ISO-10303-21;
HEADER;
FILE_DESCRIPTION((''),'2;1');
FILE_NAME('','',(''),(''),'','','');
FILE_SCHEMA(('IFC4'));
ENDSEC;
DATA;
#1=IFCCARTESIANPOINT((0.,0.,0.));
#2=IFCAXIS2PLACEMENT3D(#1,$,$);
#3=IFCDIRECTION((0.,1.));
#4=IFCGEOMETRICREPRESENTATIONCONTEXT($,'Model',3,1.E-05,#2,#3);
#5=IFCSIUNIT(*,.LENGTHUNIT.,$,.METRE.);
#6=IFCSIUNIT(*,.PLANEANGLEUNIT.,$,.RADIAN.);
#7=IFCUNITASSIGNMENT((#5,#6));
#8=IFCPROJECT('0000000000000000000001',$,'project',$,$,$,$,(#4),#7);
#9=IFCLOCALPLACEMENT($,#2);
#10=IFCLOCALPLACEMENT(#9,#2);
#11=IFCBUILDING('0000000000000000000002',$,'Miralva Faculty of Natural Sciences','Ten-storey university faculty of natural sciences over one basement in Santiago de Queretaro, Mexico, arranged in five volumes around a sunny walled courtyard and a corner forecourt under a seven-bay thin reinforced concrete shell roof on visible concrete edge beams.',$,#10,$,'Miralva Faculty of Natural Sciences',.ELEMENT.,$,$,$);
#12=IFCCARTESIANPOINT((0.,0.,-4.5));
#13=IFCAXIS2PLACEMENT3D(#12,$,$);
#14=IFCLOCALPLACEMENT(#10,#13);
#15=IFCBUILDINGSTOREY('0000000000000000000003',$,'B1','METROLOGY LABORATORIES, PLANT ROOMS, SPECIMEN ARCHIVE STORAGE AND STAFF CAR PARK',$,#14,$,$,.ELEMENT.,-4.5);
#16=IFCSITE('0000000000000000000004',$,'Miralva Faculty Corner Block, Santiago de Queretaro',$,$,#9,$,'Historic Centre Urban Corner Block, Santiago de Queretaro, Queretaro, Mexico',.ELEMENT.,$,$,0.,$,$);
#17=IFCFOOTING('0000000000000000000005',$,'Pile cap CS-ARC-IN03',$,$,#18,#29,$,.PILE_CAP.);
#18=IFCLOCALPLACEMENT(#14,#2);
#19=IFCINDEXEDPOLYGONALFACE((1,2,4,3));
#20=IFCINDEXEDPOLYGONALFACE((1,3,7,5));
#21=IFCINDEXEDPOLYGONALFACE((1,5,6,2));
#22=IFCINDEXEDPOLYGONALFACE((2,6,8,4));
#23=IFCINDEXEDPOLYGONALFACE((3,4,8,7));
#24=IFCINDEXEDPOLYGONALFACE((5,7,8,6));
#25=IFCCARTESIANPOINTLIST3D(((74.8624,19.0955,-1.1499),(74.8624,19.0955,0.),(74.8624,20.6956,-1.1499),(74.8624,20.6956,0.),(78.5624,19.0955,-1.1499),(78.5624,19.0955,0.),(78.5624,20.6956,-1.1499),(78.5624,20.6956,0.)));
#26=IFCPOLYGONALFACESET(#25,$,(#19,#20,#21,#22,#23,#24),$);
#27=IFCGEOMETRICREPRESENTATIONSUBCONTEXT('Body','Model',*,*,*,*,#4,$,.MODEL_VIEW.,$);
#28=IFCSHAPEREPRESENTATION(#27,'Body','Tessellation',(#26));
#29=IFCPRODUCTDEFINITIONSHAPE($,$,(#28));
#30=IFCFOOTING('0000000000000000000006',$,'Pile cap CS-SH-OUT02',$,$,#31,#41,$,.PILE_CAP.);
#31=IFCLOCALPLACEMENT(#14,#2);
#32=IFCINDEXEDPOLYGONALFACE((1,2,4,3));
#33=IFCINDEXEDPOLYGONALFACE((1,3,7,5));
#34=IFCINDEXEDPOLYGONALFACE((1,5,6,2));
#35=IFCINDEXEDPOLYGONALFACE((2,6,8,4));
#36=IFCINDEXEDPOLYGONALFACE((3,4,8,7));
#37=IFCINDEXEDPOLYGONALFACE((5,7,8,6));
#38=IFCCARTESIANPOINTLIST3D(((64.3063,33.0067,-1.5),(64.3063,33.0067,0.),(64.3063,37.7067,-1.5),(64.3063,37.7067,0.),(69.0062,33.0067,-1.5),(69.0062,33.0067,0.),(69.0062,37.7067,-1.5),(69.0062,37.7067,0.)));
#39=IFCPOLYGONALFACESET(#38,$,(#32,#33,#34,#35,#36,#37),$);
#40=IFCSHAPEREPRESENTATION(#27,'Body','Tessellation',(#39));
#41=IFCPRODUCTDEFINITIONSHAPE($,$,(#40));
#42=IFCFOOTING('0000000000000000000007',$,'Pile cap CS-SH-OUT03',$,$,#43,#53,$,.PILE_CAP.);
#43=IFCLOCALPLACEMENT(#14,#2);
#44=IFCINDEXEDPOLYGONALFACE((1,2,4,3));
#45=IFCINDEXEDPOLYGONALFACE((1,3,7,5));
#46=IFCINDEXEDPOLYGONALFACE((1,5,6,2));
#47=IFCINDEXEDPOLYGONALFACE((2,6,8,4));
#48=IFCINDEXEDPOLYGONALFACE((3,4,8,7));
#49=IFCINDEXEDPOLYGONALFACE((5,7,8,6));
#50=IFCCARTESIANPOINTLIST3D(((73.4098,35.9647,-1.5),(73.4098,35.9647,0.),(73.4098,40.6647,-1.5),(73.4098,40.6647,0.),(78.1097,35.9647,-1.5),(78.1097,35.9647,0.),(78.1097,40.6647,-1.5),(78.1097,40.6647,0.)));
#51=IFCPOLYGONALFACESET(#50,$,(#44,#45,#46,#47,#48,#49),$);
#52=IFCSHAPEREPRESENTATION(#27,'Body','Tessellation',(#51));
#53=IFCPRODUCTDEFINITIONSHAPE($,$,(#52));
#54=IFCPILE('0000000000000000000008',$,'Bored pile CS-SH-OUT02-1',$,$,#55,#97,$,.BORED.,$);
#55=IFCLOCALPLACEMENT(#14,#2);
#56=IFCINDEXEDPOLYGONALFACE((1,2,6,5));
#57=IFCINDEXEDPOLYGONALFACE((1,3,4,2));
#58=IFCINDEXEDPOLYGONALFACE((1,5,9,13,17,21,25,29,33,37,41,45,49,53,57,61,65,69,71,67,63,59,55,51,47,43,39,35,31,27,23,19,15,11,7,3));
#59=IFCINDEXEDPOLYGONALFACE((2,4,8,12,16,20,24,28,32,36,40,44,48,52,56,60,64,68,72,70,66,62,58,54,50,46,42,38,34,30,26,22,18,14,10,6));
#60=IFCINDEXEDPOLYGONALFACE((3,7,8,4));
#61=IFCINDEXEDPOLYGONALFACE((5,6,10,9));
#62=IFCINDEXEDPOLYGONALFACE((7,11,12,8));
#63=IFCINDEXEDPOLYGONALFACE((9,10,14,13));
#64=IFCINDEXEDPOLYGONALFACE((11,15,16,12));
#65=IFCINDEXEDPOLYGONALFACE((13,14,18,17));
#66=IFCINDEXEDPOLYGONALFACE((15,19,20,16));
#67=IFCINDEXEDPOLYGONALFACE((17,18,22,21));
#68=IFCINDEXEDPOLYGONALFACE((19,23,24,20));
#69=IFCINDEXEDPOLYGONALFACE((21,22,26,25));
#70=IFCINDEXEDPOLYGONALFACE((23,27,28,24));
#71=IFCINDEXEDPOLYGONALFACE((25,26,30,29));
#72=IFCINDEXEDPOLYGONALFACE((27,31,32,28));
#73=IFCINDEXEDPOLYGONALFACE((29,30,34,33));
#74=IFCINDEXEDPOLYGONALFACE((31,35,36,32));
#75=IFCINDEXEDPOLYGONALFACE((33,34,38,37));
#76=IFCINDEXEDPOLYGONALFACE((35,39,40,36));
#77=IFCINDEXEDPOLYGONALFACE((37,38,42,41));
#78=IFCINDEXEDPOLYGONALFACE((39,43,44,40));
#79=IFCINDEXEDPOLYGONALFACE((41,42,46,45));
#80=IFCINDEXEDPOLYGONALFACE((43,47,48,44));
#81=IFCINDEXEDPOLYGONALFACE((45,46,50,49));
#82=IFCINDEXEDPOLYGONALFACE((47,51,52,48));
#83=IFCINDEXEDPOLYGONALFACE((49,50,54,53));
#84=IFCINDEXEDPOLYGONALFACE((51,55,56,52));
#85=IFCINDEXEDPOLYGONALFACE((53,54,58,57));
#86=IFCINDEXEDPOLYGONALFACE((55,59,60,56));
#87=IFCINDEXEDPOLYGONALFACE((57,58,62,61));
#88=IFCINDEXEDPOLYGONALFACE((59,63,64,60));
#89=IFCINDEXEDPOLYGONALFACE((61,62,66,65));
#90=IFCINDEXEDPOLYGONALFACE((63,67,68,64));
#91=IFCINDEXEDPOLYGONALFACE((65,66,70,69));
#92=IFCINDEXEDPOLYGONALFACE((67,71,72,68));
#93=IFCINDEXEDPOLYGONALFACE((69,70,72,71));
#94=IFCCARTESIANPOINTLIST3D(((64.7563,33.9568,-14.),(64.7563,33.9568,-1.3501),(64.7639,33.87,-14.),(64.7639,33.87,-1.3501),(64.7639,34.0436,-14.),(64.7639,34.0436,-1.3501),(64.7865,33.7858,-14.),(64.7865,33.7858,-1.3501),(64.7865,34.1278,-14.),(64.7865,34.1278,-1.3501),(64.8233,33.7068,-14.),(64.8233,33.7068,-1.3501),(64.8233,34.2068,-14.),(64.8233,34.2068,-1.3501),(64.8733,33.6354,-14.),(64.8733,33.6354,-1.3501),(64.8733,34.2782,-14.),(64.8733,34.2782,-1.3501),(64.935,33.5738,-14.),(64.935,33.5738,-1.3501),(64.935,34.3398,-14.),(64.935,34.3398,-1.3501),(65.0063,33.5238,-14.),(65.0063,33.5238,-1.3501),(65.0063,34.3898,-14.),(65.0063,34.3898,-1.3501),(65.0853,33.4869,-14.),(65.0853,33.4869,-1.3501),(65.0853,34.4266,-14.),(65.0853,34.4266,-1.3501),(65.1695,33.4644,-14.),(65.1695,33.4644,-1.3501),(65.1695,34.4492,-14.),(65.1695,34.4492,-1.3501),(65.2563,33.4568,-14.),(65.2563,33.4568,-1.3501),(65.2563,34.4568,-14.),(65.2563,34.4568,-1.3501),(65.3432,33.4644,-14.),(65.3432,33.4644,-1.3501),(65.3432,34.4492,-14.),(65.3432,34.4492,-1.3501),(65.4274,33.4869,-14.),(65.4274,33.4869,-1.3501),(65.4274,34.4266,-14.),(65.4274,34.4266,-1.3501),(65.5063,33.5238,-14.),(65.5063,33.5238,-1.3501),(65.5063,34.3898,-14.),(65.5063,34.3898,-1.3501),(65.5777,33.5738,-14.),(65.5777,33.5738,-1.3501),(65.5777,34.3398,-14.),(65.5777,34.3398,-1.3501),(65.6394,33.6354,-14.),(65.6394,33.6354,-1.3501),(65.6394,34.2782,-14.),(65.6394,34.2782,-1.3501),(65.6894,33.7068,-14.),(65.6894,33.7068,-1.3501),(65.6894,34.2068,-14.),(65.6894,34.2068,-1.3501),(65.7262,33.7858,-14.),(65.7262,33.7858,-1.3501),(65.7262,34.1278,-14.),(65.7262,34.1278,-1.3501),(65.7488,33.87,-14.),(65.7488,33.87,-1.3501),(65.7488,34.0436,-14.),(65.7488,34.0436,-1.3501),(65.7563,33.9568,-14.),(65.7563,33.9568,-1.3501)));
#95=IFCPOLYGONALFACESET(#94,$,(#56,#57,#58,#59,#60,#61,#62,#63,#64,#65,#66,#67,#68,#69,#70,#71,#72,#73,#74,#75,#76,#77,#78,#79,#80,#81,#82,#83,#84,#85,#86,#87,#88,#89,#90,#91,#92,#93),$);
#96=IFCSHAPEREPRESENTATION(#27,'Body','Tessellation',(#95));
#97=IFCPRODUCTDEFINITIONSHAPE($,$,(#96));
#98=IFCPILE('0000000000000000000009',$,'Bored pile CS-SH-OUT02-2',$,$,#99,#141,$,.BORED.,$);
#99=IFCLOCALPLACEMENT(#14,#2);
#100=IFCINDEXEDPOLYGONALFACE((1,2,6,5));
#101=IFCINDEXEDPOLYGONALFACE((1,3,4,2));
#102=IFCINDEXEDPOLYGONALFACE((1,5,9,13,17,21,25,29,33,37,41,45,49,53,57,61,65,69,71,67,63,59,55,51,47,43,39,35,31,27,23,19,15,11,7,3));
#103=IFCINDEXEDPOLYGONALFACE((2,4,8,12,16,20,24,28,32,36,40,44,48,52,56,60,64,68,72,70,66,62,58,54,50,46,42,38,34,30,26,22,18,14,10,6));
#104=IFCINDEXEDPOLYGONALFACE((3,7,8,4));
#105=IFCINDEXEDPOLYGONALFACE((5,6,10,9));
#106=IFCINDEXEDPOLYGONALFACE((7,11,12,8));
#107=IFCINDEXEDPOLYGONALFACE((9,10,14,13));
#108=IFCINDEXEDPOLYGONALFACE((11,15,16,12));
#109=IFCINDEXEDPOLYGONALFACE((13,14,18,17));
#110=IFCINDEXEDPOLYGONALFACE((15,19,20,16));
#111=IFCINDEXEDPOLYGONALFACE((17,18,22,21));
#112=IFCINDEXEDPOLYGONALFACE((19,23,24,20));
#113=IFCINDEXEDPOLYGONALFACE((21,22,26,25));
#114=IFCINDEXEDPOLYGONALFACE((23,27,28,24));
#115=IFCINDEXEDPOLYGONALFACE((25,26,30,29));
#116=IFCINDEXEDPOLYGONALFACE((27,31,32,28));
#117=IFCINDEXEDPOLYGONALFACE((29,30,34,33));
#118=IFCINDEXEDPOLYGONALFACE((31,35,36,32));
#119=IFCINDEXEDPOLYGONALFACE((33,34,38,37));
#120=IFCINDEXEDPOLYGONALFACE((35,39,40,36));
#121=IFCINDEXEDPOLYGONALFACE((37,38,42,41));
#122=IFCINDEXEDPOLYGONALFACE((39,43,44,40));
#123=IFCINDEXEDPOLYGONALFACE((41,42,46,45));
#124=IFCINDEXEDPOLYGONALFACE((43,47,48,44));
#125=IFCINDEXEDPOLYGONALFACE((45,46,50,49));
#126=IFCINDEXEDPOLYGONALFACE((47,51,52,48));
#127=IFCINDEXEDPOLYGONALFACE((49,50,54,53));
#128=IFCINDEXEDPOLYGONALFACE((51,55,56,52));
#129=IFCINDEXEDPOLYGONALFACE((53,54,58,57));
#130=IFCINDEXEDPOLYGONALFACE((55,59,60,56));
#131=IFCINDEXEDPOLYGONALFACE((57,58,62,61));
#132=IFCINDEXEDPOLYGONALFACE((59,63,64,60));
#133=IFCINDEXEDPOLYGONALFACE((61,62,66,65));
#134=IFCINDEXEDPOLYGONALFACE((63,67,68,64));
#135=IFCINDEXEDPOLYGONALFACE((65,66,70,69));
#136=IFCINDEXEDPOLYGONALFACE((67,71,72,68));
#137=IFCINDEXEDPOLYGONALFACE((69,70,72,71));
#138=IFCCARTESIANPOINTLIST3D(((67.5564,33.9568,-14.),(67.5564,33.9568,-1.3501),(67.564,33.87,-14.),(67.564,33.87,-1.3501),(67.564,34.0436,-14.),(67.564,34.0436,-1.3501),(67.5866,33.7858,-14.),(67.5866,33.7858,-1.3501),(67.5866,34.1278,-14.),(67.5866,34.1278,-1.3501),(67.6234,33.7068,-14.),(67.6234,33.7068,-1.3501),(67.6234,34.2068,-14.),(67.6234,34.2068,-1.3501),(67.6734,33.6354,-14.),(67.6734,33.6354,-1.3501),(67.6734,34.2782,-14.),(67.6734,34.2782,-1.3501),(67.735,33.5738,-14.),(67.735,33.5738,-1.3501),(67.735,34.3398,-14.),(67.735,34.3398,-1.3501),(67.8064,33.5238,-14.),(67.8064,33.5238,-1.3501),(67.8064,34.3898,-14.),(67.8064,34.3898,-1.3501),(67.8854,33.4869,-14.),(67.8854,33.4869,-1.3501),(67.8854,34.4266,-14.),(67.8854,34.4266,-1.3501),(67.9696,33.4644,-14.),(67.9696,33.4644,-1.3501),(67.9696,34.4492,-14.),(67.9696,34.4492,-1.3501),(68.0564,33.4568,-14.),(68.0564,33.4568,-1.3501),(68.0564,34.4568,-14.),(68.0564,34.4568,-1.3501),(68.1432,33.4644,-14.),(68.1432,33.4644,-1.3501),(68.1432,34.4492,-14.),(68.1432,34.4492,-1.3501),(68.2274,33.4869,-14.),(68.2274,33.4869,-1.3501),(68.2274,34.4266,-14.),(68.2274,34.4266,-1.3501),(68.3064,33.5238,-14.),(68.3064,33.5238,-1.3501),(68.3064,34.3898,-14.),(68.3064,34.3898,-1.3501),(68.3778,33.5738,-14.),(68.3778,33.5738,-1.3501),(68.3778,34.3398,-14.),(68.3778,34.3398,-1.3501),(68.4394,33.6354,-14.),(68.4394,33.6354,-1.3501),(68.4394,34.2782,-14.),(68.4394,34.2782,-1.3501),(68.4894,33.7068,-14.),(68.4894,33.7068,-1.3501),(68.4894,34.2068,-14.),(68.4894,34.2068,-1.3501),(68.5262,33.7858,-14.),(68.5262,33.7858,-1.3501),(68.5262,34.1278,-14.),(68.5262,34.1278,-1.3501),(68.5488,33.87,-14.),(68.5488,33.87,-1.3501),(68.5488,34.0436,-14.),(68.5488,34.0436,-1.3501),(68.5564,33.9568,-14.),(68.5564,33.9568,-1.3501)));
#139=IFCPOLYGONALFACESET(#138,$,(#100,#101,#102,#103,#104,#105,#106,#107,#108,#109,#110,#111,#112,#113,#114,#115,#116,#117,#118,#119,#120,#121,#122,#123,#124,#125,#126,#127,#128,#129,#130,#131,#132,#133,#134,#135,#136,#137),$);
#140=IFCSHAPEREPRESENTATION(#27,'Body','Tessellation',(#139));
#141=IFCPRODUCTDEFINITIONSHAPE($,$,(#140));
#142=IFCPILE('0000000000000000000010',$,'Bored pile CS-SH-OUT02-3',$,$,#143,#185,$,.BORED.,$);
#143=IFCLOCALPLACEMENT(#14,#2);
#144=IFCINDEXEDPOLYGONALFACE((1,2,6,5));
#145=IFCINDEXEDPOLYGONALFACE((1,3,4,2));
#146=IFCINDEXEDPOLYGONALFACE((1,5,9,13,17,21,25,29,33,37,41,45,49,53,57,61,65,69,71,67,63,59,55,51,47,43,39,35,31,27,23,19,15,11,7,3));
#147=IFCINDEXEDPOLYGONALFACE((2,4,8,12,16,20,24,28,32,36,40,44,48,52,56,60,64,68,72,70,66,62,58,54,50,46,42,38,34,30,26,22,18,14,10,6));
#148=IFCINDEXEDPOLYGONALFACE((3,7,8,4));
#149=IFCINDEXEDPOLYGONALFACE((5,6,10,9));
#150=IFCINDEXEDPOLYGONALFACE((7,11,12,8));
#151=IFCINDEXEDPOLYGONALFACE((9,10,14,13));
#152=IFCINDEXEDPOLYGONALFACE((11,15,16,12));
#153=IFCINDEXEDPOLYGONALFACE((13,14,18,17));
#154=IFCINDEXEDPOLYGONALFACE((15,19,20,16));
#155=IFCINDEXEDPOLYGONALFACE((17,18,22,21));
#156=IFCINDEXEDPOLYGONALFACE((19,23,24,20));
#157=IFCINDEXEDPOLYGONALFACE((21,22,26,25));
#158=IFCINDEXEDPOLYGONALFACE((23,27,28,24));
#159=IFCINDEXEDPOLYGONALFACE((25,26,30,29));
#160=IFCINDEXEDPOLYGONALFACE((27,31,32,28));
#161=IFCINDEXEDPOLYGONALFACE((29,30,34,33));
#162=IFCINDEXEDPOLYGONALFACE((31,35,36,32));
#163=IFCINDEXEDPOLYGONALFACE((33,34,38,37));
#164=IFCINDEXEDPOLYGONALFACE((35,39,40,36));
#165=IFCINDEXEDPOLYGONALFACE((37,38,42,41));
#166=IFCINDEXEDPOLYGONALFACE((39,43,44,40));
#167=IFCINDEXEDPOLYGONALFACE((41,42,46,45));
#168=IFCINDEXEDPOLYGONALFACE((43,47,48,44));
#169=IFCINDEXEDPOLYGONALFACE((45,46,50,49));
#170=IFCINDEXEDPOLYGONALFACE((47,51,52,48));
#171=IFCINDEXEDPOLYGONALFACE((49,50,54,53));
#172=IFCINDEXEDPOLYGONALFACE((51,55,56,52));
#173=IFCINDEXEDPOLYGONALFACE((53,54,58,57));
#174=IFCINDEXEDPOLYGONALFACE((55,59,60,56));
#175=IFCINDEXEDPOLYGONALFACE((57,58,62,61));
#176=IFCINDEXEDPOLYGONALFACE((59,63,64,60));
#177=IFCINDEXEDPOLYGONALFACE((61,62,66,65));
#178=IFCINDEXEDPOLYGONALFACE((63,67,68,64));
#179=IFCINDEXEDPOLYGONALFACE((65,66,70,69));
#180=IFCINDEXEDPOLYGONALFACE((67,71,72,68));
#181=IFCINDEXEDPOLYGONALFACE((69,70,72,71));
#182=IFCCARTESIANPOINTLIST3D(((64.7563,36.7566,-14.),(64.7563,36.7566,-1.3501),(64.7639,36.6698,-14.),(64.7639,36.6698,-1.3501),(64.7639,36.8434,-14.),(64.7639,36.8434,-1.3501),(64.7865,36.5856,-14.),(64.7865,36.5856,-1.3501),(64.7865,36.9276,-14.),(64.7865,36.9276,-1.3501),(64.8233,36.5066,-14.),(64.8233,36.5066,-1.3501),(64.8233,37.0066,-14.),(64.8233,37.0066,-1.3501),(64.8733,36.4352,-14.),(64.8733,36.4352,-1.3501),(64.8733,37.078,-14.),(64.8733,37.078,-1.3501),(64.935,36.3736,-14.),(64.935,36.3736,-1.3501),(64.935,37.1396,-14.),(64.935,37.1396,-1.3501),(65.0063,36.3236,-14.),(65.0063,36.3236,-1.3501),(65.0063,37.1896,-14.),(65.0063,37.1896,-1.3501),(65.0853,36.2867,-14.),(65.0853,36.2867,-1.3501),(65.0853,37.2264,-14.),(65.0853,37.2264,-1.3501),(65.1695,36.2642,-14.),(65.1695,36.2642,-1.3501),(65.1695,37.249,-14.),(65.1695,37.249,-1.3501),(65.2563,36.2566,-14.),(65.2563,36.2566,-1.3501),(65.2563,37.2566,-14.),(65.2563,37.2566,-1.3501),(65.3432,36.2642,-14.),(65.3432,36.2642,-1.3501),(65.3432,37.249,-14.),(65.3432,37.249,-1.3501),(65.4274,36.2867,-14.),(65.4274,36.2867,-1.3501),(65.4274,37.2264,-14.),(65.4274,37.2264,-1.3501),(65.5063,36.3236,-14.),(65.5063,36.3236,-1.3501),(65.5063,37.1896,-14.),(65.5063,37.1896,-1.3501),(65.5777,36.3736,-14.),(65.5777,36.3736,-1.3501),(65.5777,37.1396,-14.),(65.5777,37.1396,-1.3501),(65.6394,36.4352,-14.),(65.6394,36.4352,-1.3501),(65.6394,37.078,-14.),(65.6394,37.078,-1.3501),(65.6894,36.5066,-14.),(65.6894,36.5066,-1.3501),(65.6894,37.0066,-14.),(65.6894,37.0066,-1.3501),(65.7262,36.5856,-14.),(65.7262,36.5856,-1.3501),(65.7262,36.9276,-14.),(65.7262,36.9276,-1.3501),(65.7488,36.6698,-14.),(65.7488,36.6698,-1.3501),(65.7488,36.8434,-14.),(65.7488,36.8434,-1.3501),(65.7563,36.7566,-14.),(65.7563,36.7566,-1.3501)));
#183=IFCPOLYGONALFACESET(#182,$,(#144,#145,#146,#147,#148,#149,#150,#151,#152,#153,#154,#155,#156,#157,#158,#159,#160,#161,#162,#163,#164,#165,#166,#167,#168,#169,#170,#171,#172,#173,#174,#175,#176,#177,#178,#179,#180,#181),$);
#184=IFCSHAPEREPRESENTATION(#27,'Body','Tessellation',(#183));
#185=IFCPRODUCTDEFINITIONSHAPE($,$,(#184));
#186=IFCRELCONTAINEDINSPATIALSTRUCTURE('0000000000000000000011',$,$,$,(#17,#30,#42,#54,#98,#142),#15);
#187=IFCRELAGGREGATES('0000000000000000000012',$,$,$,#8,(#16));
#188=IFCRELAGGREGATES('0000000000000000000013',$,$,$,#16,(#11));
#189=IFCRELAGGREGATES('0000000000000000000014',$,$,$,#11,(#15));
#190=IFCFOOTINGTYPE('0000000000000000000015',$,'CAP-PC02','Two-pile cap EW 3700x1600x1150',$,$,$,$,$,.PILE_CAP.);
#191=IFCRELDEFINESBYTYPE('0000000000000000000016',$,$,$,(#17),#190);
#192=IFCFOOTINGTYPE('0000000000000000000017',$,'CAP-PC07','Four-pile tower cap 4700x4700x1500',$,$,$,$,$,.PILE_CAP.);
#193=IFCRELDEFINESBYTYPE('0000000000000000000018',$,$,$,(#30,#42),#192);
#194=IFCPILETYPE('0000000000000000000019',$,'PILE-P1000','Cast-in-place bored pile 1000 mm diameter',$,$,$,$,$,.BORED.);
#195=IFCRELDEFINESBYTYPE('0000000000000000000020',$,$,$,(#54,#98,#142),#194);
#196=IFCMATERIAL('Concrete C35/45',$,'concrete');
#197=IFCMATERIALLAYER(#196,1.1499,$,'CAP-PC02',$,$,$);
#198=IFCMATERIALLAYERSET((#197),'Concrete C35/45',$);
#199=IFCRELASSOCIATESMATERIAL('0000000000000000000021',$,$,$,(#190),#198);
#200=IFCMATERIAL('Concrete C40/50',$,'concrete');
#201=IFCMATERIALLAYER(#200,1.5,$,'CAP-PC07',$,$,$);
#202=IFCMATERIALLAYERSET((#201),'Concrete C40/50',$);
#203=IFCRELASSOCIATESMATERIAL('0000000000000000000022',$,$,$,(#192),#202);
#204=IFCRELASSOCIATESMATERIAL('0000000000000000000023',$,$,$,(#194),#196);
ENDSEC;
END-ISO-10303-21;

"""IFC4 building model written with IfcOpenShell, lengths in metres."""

from ifc_helpers import new_model, si_unit, direction, frame, origin, origin_2d, place, context, subcontext, project, spatial, rectangle, circle, extrude, material, layer, layer_set, material_profile, profile_set, type_object, element, save


model = new_model("IFC4")

# Units and contexts
model_context = context("Model", 3, precision=1e-05, world=origin(), true_north=direction((0.0, 1.0)))
body_context = subcontext(model_context, "Body", "Model", "MODEL_VIEW")
ifc_project = project(units=[si_unit("LENGTHUNIT", "METRE"), si_unit("PLANEANGLEUNIT", "RADIAN")], contexts=[model_context])

# Site, building, storey
site_placement = place(None, origin())
site = spatial("IfcSite", under=ifc_project, at=site_placement, Name="Miralva Faculty Corner Block, Santiago de Queretaro", LongName="Historic Centre Urban Corner Block, Santiago de Queretaro, Queretaro, Mexico", CompositionType="ELEMENT", RefElevation=0.0)
building_placement = place(site_placement, origin())
building = spatial("IfcBuilding", under=site, at=building_placement, Name="Miralva Faculty of Natural Sciences", Description="Ten-storey university faculty of natural sciences over one basement in Santiago de Queretaro, Mexico, arranged in five volumes around a sunny walled courtyard and a corner forecourt under a seven-bay thin reinforced concrete shell roof on visible concrete edge beams.", LongName="Miralva Faculty of Natural Sciences", CompositionType="ELEMENT")
storey_placement = place(building_placement, frame((0.0, 0.0, -4.5)))
storey = spatial("IfcBuildingStorey", under=building, at=storey_placement, Name="B1", Description="METROLOGY LABORATORIES, PLANT ROOMS, SPECIMEN ARCHIVE STORAGE AND STAFF CAR PARK", CompositionType="ELEMENT", Elevation=-4.5)

# Footings
ifc_material_1 = material(Name="Concrete C35/45", Category="concrete")
ifc_layer_1 = layer(ifc_material_1, 1.1499, Name="CAP-PC02")
ifc_layer_set_1 = layer_set([ifc_layer_1], Name="Concrete C35/45")
footing_type_1 = type_object("IfcFootingType", Name="CAP-PC02", Description="Two-pile cap EW 3700x1600x1150", PredefinedType="PILE_CAP", material=ifc_layer_set_1)
footing_placement = place(storey_placement, frame((76.7124, 19.8955, -1.1499), z_axis=(0.0, 0.0, 1.0), x_axis=(1.0, 0.0, 0.0)))
element("IfcFooting", 1, at=footing_placement, inside=storey, type_object=footing_type_1, Name="Pile cap CS-ARC-IN03", PredefinedType="PILE_CAP", context=body_context, shape_type="SweptSolid", body=[
    extrude(rectangle(XDim=3.7, YDim=1.6001, at=origin_2d()), origin(), (0.0, 0.0, 1.0), 1.1499),
])
ifc_material_2 = material(Name="Concrete C40/50", Category="concrete")
ifc_layer_2 = layer(ifc_material_2, 1.5, Name="CAP-PC07")
ifc_layer_set_2 = layer_set([ifc_layer_2], Name="Concrete C40/50")
footing_type_2 = type_object("IfcFootingType", Name="CAP-PC07", Description="Four-pile tower cap 4700x4700x1500", PredefinedType="PILE_CAP", material=ifc_layer_set_2)
for number, where, z_axis, x_axis, name in (
    (2, (66.6562, 35.3567, -1.5), (0.0, 0.0, 1.0), (1.0, 0.0, 0.0), "Pile cap CS-SH-OUT02"),
    (3, (75.7598, 38.3147, -1.5), (0.0, 0.0, 1.0), (1.0, 0.0, 0.0), "Pile cap CS-SH-OUT03"),
):
    element("IfcFooting", number, at=place(storey_placement, frame(where, z_axis=z_axis, x_axis=x_axis)), inside=storey, type_object=footing_type_2, Name=name, PredefinedType="PILE_CAP", context=body_context, shape_type="SweptSolid", body=[
        extrude(rectangle(XDim=4.7, YDim=4.7, at=origin_2d()), origin(), (0.0, 0.0, 1.0), 1.5),
    ])

# Piles
ifc_material_profile_1 = material_profile(ifc_material_1, circle(Radius=0.5, at=origin_2d()), Name="BORED PILE 1000")
ifc_profile_set_1 = profile_set([ifc_material_profile_1], Name="Concrete C35/45")
pile_type_1 = type_object("IfcPileType", Name="PILE-P1000", Description="Cast-in-place bored pile 1000 mm diameter", PredefinedType="BORED", material=ifc_profile_set_1)
for number, where, z_axis, x_axis, name in (
    (4, (65.2563, 33.9568, -1.3501), (0.0, 0.0, -1.0), (1.0, 0.0, 0.0), "Bored pile CS-SH-OUT02-1"),
    (5, (68.0564, 33.9568, -1.3501), (0.0, 0.0, -1.0), (1.0, 0.0, 0.0), "Bored pile CS-SH-OUT02-2"),
    (6, (65.2563, 36.7566, -1.3501), (0.0, 0.0, -1.0), (1.0, 0.0, 0.0), "Bored pile CS-SH-OUT02-3"),
):
    element("IfcPile", number, at=place(storey_placement, frame(where, z_axis=z_axis, x_axis=x_axis)), inside=storey, type_object=pile_type_1, Name=name, PredefinedType="BORED", context=body_context, shape_type="SweptSolid", body=[
        extrude(circle(Radius=0.5, at=origin_2d()), origin(), (0.0, 0.0, 1.0), 12.6499),
    ])

save(model, "model.ifc")
